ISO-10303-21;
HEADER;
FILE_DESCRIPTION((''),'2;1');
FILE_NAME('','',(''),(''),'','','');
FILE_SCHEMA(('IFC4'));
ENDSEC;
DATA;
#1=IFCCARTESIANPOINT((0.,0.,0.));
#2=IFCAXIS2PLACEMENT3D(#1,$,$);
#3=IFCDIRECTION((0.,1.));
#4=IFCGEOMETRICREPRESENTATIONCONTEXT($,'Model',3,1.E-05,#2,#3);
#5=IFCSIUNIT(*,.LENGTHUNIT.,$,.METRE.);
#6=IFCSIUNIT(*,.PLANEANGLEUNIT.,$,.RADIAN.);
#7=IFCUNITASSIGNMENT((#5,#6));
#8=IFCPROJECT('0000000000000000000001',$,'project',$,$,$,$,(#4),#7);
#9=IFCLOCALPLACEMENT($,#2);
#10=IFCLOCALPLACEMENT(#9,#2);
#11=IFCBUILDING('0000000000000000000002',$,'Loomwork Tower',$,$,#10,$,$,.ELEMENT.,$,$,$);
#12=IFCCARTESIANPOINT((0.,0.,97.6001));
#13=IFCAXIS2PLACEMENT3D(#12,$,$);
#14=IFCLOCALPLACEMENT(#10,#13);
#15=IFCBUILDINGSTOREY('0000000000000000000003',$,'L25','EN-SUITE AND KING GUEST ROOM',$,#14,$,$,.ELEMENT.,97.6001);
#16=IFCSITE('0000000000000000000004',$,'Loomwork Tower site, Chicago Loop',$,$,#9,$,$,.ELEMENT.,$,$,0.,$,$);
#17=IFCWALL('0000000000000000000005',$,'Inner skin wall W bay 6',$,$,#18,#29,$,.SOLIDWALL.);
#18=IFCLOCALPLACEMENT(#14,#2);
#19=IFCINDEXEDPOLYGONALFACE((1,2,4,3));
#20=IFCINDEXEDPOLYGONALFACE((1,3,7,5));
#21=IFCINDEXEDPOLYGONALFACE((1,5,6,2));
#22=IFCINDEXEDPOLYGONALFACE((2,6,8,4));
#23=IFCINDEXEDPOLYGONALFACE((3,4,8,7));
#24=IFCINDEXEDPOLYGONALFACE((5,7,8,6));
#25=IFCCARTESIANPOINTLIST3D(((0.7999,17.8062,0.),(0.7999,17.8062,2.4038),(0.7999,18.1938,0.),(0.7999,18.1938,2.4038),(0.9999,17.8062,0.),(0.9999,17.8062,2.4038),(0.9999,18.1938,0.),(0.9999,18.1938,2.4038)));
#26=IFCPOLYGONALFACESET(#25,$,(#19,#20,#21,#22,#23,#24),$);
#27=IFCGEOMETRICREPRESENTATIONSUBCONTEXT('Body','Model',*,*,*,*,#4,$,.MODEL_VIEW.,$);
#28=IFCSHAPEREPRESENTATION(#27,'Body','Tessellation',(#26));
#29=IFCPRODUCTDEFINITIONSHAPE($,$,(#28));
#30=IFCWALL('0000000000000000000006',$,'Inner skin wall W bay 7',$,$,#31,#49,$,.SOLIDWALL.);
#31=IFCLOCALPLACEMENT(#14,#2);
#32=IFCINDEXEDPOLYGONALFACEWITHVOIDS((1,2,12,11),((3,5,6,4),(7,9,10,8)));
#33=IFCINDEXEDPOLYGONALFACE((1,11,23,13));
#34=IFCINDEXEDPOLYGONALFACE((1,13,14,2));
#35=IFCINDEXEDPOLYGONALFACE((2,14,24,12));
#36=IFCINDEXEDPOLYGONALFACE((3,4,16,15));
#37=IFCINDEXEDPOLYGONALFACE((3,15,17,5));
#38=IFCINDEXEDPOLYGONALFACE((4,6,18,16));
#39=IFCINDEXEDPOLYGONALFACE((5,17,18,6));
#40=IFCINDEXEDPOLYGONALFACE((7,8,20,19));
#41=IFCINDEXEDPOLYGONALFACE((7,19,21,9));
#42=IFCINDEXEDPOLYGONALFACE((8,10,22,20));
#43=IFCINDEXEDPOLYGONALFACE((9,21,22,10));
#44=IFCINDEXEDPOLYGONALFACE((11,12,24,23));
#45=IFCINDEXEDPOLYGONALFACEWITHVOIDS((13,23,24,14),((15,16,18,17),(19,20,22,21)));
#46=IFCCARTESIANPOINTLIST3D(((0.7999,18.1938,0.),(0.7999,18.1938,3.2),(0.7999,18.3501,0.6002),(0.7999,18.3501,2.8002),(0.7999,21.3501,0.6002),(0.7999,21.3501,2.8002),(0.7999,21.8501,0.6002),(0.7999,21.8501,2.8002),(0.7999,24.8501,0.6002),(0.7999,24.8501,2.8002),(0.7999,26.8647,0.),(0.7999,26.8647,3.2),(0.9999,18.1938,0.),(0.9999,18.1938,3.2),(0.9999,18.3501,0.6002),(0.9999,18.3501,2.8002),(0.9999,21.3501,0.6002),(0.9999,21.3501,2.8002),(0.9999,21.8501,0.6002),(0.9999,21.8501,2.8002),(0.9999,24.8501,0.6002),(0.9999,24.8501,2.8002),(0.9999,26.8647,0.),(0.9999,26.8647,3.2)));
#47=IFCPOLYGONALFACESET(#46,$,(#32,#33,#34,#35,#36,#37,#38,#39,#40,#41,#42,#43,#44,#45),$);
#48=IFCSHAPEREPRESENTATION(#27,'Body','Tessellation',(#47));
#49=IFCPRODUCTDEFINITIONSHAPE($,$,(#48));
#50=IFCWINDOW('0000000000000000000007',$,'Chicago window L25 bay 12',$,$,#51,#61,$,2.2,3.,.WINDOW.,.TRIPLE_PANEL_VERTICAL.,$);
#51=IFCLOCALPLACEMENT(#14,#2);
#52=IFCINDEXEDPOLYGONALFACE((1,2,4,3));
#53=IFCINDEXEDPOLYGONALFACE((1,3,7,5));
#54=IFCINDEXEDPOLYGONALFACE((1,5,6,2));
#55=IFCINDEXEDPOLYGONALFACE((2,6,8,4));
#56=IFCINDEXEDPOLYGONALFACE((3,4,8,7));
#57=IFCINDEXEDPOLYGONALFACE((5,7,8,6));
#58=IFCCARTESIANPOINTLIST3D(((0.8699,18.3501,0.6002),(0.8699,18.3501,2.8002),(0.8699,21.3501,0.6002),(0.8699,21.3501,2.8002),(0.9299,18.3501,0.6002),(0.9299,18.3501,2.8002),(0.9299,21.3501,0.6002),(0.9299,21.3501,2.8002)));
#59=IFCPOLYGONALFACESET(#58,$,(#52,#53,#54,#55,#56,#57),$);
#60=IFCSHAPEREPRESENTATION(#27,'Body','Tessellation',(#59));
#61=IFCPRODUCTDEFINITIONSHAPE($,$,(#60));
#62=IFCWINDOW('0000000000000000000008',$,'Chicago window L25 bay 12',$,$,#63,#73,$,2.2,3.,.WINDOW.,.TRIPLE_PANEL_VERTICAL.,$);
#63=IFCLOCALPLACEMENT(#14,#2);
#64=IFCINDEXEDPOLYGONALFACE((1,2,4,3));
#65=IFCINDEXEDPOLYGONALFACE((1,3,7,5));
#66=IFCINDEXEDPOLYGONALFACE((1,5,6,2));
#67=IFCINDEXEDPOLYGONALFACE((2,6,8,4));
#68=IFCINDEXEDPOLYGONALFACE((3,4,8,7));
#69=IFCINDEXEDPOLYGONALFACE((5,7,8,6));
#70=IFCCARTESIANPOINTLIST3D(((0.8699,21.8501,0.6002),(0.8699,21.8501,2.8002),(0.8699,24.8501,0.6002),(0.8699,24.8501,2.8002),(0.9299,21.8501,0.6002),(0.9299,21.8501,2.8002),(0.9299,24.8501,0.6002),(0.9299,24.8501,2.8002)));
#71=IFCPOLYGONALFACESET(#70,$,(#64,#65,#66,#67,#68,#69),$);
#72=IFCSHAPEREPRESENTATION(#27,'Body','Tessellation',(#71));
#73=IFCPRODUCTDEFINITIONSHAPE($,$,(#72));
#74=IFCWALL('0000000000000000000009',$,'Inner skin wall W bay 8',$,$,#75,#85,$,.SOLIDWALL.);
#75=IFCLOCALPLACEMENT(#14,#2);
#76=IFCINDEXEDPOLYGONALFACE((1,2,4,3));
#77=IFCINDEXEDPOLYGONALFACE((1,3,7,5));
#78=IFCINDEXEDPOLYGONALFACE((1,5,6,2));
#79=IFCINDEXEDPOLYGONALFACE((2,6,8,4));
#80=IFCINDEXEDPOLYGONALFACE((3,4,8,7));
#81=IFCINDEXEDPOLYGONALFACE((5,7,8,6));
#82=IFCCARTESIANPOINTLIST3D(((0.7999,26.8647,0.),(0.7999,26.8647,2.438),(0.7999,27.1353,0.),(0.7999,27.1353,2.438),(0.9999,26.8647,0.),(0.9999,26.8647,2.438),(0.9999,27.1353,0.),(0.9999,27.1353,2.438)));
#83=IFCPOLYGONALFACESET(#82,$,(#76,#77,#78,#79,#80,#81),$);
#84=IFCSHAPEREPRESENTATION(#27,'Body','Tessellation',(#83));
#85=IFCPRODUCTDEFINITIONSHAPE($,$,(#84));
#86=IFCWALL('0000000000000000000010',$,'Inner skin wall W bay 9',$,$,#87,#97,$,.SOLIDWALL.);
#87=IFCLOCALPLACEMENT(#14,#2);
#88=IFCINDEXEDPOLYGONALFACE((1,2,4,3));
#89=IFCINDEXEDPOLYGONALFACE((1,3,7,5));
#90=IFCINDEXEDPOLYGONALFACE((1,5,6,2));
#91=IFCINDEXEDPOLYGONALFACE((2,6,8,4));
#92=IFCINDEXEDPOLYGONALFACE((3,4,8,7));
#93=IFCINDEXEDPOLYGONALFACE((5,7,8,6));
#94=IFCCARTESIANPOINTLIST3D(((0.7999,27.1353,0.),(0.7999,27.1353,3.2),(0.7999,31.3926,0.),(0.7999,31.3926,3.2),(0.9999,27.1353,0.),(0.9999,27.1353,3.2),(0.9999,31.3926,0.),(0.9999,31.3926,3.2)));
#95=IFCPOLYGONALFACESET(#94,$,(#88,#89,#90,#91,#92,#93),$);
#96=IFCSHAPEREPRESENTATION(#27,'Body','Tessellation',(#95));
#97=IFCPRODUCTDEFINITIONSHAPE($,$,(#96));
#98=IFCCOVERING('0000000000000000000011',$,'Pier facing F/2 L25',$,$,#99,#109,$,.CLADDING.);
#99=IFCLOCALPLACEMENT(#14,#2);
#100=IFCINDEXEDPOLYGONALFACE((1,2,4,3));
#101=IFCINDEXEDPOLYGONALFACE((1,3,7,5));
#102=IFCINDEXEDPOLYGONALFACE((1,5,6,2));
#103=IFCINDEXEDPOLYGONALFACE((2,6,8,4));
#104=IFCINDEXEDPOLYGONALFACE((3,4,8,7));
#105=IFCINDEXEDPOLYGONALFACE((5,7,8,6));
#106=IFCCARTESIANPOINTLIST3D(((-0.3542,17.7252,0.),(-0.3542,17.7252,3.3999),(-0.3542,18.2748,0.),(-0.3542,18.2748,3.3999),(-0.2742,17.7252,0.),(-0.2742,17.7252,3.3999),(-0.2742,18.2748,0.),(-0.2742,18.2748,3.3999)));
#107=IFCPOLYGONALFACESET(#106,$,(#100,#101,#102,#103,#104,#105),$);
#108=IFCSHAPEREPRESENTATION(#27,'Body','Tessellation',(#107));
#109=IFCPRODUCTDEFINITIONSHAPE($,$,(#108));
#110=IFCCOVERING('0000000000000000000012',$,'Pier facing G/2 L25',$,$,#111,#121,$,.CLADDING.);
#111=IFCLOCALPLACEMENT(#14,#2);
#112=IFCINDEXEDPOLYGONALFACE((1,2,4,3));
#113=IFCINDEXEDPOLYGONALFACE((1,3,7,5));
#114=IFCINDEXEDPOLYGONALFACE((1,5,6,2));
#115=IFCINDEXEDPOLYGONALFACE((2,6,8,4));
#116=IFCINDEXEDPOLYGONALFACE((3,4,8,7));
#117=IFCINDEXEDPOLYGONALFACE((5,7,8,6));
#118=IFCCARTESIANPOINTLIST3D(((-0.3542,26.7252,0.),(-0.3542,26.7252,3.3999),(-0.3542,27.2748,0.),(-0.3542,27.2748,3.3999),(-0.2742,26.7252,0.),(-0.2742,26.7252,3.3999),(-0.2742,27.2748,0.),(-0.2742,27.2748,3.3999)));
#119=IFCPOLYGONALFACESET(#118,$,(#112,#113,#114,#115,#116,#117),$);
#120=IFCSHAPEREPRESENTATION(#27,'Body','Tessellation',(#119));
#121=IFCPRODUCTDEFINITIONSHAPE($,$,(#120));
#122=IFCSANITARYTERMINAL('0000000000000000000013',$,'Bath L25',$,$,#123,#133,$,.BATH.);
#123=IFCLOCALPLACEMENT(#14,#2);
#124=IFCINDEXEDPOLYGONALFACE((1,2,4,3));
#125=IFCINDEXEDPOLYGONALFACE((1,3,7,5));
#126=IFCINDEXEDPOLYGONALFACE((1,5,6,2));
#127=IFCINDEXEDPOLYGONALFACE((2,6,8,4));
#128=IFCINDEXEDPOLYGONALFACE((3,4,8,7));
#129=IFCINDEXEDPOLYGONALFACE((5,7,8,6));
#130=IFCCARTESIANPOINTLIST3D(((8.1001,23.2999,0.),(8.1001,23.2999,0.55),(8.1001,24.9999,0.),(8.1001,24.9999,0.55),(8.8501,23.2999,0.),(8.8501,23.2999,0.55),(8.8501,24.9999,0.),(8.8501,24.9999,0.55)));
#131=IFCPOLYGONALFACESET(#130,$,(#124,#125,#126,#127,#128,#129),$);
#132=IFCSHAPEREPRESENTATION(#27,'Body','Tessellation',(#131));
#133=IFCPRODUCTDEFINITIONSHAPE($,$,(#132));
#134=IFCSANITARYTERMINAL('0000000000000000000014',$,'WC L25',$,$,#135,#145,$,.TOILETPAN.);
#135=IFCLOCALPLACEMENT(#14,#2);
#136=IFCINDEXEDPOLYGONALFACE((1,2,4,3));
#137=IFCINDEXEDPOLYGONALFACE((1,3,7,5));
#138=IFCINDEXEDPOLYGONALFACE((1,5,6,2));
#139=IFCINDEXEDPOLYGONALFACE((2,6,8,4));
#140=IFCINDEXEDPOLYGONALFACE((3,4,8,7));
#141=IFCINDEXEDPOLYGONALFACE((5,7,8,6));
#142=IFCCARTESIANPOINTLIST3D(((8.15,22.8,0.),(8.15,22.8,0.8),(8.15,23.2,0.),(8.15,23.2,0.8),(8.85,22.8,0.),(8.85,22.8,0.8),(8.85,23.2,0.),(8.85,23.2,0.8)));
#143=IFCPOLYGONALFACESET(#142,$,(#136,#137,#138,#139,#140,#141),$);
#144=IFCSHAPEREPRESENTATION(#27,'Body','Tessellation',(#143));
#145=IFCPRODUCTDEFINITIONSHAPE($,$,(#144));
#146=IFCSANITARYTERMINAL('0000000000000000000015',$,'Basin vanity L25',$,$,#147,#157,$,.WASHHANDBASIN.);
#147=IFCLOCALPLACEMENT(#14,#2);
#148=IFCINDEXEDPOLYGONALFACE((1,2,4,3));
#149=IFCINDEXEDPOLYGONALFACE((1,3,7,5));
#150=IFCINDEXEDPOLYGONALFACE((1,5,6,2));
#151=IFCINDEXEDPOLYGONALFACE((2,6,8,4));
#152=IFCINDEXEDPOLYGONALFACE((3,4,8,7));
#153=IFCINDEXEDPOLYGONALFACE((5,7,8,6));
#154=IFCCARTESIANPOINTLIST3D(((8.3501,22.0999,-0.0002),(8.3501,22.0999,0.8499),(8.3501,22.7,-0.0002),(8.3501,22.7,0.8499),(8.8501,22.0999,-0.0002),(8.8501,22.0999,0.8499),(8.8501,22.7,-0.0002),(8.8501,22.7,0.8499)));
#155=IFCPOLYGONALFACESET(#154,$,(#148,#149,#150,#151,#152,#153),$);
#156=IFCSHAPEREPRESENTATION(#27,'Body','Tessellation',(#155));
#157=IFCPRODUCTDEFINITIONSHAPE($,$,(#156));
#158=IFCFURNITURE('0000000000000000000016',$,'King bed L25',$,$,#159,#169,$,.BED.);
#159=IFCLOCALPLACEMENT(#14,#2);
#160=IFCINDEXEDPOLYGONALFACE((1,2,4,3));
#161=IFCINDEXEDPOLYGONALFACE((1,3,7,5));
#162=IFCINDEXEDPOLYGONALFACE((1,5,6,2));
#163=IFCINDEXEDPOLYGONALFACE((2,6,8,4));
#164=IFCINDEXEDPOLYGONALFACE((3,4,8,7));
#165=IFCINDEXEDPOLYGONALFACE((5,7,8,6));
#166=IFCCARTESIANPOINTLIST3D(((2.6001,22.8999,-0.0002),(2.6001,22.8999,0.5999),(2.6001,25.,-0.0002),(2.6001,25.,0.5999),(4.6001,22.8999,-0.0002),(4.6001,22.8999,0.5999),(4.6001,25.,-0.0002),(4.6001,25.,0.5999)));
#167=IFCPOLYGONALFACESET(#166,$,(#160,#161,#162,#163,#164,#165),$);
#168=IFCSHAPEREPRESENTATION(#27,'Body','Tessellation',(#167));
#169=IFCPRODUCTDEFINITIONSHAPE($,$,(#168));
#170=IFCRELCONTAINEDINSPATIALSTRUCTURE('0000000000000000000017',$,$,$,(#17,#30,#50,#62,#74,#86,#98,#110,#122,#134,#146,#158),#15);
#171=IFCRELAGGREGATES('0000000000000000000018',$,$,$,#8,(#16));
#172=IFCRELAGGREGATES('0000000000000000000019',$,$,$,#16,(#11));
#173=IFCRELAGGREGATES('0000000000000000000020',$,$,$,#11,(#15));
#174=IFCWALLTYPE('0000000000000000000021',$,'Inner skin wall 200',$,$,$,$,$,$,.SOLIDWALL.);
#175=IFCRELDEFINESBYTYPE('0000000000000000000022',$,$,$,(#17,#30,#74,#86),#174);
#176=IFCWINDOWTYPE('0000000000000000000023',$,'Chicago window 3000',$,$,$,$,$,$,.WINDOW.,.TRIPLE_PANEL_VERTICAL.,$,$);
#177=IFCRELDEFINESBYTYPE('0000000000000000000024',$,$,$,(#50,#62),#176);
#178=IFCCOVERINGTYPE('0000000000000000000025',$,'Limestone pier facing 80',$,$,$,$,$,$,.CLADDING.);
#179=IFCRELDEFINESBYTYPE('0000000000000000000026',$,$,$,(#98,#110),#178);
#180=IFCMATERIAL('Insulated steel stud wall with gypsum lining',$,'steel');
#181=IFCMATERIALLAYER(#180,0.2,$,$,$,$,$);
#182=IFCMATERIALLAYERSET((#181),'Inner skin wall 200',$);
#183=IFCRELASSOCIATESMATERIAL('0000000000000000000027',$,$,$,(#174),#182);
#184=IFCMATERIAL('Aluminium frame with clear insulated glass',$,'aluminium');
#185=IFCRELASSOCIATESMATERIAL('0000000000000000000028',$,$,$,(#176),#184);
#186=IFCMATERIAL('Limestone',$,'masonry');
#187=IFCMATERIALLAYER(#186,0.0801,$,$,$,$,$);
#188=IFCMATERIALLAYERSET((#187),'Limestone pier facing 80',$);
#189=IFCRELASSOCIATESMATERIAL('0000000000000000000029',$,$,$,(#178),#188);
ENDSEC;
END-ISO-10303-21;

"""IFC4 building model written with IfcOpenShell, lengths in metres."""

from ifc_helpers import new_model, si_unit, direction, frame, frame_2d, origin, origin_2d, place, context, subcontext, project, spatial, rectangle, extrude, material, layer, layer_set, type_object, element, fill, save


model = new_model("IFC4")

# Units and contexts
model_context = context("Model", 3, precision=1e-05, world=origin(), true_north=direction((0.0, 1.0)))
body_context = subcontext(model_context, "Body", "Model", "MODEL_VIEW")
ifc_project = project(units=[si_unit("LENGTHUNIT", "METRE"), si_unit("PLANEANGLEUNIT", "RADIAN")], contexts=[model_context])

# Site, building, storey
site_placement = place(None, origin())
site = spatial("IfcSite", under=ifc_project, at=site_placement, Name="Loomwork Tower site, Chicago Loop", CompositionType="ELEMENT", RefElevation=0.0)
building_placement = place(site_placement, origin())
building = spatial("IfcBuilding", under=site, at=building_placement, Name="Loomwork Tower", CompositionType="ELEMENT")
storey_placement = place(building_placement, frame((0.0, 0.0, 97.6001)))
storey = spatial("IfcBuildingStorey", under=building, at=storey_placement, Name="L25", Description="EN-SUITE AND KING GUEST ROOM", CompositionType="ELEMENT", Elevation=97.6001)

# Wall
ifc_material_1 = material(Name="Insulated steel stud wall with gypsum lining", Category="steel")
ifc_layer_1 = layer(ifc_material_1, 0.2)
ifc_layer_set_1 = layer_set([ifc_layer_1], Name="Inner skin wall 200")
wall_type_1 = type_object("IfcWallType", Name="Inner skin wall 200", PredefinedType="SOLIDWALL", material=ifc_layer_set_1)
wall_1_placement = place(storey_placement, frame((0.8999, 17.8062, 0.0), z_axis=(0.0, 0.0, 1.0), x_axis=(0.0, 1.0, 0.0)))
element("IfcWall", 1, at=wall_1_placement, inside=storey, type_object=wall_type_1, Name="Inner skin wall W bay 6", PredefinedType="SOLIDWALL", context=body_context, shape_type="SweptSolid", body=[
    extrude(rectangle(XDim=0.3877, YDim=0.2, at=frame_2d((0.1938, 0.0))), origin(), (0.0, 0.0, 1.0), 2.4038),
])

# Wall, openings, windows
wall_2_placement = place(storey_placement, frame((0.8999, 18.1938, 0.0), z_axis=(0.0, 0.0, 1.0), x_axis=(0.0, 1.0, 0.0)))
wall_2 = element("IfcWall", 2, at=wall_2_placement, inside=storey, type_object=wall_type_1, Name="Inner skin wall W bay 7", PredefinedType="SOLIDWALL", context=body_context, shape_type="SweptSolid", body=[
    extrude(rectangle(XDim=8.6709, YDim=0.2, at=frame_2d((4.3354, 0.0))), origin(), (0.0, 0.0, 1.0), 3.2),
])
opening_1_placement = place(wall_2_placement, frame((0.1562, 0.0, 0.6001)))
opening_1 = element("IfcOpeningElement", 3, at=opening_1_placement, cuts=wall_2, PredefinedType="OPENING", context=body_context, shape_type="SweptSolid", body=[
    extrude(rectangle(XDim=3.0, YDim=2.2, at=frame_2d((1.5, 1.1001))), frame((0.0, 0.1099, 0.0), z_axis=(0.0, -1.0, 0.0), x_axis=(1.0, 0.0, 0.0)), (0.0, 0.0, 1.0), 0.22),
])
opening_2_placement = place(wall_2_placement, frame((3.6562, 0.0, 0.6001)))
opening_2 = element("IfcOpeningElement", 4, at=opening_2_placement, cuts=wall_2, PredefinedType="OPENING", context=body_context, shape_type="SweptSolid", body=[
    extrude(rectangle(XDim=3.0, YDim=2.2, at=frame_2d((1.5, 1.1001))), frame((0.0, 0.1099, 0.0), z_axis=(0.0, -1.0, 0.0), x_axis=(1.0, 0.0, 0.0)), (0.0, 0.0, 1.0), 0.22),
])
ifc_material_2 = material(Name="Aluminium frame with clear insulated glass", Category="aluminium")
window_type = type_object("IfcWindowType", Name="Chicago window 3000", PartitioningType="TRIPLE_PANEL_VERTICAL", PredefinedType="WINDOW", material=ifc_material_2)
window_1_placement = place(opening_1_placement, origin())
window_1 = element("IfcWindow", 5, at=window_1_placement, inside=storey, type_object=window_type, Name="Chicago window L25 bay 12", OverallHeight=2.2, OverallWidth=3.0, PartitioningType="TRIPLE_PANEL_VERTICAL", PredefinedType="WINDOW", context=body_context, shape_type="SweptSolid", body=[
    extrude(rectangle(XDim=3.0, YDim=2.2, at=frame_2d((1.5, 1.1001))), frame((0.0, 0.03, 0.0), z_axis=(0.0, -1.0, 0.0), x_axis=(1.0, 0.0, 0.0)), (0.0, 0.0, 1.0), 0.0601),
])
fill(opening_1, window_1)
window_2_placement = place(opening_2_placement, origin())
window_2 = element("IfcWindow", 6, at=window_2_placement, inside=storey, type_object=window_type, Name="Chicago window L25 bay 12", OverallHeight=2.2, OverallWidth=3.0, PartitioningType="TRIPLE_PANEL_VERTICAL", PredefinedType="WINDOW", context=body_context, shape_type="SweptSolid", body=[
    extrude(rectangle(XDim=3.0, YDim=2.2, at=frame_2d((1.5, 1.1001))), frame((0.0, 0.03, 0.0), z_axis=(0.0, -1.0, 0.0), x_axis=(1.0, 0.0, 0.0)), (0.0, 0.0, 1.0), 0.0601),
])
fill(opening_2, window_2)

# Walls
wall_3_placement = place(storey_placement, frame((0.8999, 26.8647, 0.0), z_axis=(0.0, 0.0, 1.0), x_axis=(0.0, 1.0, 0.0)))
element("IfcWall", 7, at=wall_3_placement, inside=storey, type_object=wall_type_1, Name="Inner skin wall W bay 8", PredefinedType="SOLIDWALL", context=body_context, shape_type="SweptSolid", body=[
    extrude(rectangle(XDim=0.2705, YDim=0.2, at=frame_2d((0.1353, 0.0))), origin(), (0.0, 0.0, 1.0), 2.438),
])
wall_4_placement = place(storey_placement, frame((0.8999, 27.1353, 0.0), z_axis=(0.0, 0.0, 1.0), x_axis=(0.0, 1.0, 0.0)))
element("IfcWall", 8, at=wall_4_placement, inside=storey, type_object=wall_type_1, Name="Inner skin wall W bay 9", PredefinedType="SOLIDWALL", context=body_context, shape_type="SweptSolid", body=[
    extrude(rectangle(XDim=4.2573, YDim=0.2, at=frame_2d((2.1287, 0.0))), origin(), (0.0, 0.0, 1.0), 3.2),
])

# Coverings
ifc_material_3 = material(Name="Limestone", Category="masonry")
ifc_layer_2 = layer(ifc_material_3, 0.0801)
ifc_layer_set_2 = layer_set([ifc_layer_2], Name="Limestone pier facing 80")
covering_type = type_object("IfcCoveringType", Name="Limestone pier facing 80", PredefinedType="CLADDING", material=ifc_layer_set_2)
for number, where, z_axis, x_axis, name in (
    (9, (-0.3142, 18.0, 0.0), (0.0, 0.0, 1.0), (1.0, 0.0, 0.0), "Pier facing F/2 L25"),
    (10, (-0.3142, 27.0, 0.0), (0.0, 0.0, 1.0), (1.0, 0.0, 0.0), "Pier facing G/2 L25"),
):
    element("IfcCovering", number, at=place(storey_placement, frame(where, z_axis=z_axis, x_axis=x_axis)), inside=storey, type_object=covering_type, Name=name, PredefinedType="CLADDING", context=body_context, shape_type="SweptSolid", body=[
        extrude(rectangle(XDim=0.0801, YDim=0.5496, at=origin_2d()), origin(), (0.0, 0.0, 1.0), 3.3999),
    ])

# Sanitary terminals
sanitary_terminal_1_placement = place(storey_placement, frame((8.4751, 24.1499, 0.0), z_axis=(0.0, 0.0, 1.0), x_axis=(1.0, 0.0, 0.0)))
element("IfcSanitaryTerminal", 11, at=sanitary_terminal_1_placement, inside=storey, Name="Bath L25", PredefinedType="BATH", context=body_context, shape_type="SweptSolid", body=[
    extrude(rectangle(XDim=0.75, YDim=1.7, at=origin_2d()), origin(), (0.0, 0.0, 1.0), 0.55),
])
sanitary_terminal_2_placement = place(storey_placement, frame((8.5, 23.0, 0.0), z_axis=(0.0, 0.0, 1.0), x_axis=(1.0, 0.0, 0.0)))
element("IfcSanitaryTerminal", 12, at=sanitary_terminal_2_placement, inside=storey, Name="WC L25", PredefinedType="TOILETPAN", context=body_context, shape_type="SweptSolid", body=[
    extrude(rectangle(XDim=0.7, YDim=0.3999, at=origin_2d()), origin(), (0.0, 0.0, 1.0), 0.8),
])
sanitary_terminal_3_placement = place(storey_placement, frame((8.6001, 22.3999, -0.0002), z_axis=(0.0, 0.0, 1.0), x_axis=(1.0, 0.0, 0.0)))
element("IfcSanitaryTerminal", 13, at=sanitary_terminal_3_placement, inside=storey, Name="Basin vanity L25", PredefinedType="WASHHANDBASIN", context=body_context, shape_type="SweptSolid", body=[
    extrude(rectangle(XDim=0.5, YDim=0.6001, at=origin_2d()), origin(), (0.0, 0.0, 1.0), 0.8501),
])

# Furniture
furniture_placement = place(storey_placement, frame((3.6001, 23.95, -0.0002), z_axis=(0.0, 0.0, 1.0), x_axis=(1.0, 0.0, 0.0)))
element("IfcFurniture", 14, at=furniture_placement, inside=storey, Name="King bed L25", PredefinedType="BED", context=body_context, shape_type="SweptSolid", body=[
    extrude(rectangle(XDim=2.0, YDim=2.1001, at=origin_2d()), origin(), (0.0, 0.0, 1.0), 0.6001),
])

save(model, "model.ifc")
